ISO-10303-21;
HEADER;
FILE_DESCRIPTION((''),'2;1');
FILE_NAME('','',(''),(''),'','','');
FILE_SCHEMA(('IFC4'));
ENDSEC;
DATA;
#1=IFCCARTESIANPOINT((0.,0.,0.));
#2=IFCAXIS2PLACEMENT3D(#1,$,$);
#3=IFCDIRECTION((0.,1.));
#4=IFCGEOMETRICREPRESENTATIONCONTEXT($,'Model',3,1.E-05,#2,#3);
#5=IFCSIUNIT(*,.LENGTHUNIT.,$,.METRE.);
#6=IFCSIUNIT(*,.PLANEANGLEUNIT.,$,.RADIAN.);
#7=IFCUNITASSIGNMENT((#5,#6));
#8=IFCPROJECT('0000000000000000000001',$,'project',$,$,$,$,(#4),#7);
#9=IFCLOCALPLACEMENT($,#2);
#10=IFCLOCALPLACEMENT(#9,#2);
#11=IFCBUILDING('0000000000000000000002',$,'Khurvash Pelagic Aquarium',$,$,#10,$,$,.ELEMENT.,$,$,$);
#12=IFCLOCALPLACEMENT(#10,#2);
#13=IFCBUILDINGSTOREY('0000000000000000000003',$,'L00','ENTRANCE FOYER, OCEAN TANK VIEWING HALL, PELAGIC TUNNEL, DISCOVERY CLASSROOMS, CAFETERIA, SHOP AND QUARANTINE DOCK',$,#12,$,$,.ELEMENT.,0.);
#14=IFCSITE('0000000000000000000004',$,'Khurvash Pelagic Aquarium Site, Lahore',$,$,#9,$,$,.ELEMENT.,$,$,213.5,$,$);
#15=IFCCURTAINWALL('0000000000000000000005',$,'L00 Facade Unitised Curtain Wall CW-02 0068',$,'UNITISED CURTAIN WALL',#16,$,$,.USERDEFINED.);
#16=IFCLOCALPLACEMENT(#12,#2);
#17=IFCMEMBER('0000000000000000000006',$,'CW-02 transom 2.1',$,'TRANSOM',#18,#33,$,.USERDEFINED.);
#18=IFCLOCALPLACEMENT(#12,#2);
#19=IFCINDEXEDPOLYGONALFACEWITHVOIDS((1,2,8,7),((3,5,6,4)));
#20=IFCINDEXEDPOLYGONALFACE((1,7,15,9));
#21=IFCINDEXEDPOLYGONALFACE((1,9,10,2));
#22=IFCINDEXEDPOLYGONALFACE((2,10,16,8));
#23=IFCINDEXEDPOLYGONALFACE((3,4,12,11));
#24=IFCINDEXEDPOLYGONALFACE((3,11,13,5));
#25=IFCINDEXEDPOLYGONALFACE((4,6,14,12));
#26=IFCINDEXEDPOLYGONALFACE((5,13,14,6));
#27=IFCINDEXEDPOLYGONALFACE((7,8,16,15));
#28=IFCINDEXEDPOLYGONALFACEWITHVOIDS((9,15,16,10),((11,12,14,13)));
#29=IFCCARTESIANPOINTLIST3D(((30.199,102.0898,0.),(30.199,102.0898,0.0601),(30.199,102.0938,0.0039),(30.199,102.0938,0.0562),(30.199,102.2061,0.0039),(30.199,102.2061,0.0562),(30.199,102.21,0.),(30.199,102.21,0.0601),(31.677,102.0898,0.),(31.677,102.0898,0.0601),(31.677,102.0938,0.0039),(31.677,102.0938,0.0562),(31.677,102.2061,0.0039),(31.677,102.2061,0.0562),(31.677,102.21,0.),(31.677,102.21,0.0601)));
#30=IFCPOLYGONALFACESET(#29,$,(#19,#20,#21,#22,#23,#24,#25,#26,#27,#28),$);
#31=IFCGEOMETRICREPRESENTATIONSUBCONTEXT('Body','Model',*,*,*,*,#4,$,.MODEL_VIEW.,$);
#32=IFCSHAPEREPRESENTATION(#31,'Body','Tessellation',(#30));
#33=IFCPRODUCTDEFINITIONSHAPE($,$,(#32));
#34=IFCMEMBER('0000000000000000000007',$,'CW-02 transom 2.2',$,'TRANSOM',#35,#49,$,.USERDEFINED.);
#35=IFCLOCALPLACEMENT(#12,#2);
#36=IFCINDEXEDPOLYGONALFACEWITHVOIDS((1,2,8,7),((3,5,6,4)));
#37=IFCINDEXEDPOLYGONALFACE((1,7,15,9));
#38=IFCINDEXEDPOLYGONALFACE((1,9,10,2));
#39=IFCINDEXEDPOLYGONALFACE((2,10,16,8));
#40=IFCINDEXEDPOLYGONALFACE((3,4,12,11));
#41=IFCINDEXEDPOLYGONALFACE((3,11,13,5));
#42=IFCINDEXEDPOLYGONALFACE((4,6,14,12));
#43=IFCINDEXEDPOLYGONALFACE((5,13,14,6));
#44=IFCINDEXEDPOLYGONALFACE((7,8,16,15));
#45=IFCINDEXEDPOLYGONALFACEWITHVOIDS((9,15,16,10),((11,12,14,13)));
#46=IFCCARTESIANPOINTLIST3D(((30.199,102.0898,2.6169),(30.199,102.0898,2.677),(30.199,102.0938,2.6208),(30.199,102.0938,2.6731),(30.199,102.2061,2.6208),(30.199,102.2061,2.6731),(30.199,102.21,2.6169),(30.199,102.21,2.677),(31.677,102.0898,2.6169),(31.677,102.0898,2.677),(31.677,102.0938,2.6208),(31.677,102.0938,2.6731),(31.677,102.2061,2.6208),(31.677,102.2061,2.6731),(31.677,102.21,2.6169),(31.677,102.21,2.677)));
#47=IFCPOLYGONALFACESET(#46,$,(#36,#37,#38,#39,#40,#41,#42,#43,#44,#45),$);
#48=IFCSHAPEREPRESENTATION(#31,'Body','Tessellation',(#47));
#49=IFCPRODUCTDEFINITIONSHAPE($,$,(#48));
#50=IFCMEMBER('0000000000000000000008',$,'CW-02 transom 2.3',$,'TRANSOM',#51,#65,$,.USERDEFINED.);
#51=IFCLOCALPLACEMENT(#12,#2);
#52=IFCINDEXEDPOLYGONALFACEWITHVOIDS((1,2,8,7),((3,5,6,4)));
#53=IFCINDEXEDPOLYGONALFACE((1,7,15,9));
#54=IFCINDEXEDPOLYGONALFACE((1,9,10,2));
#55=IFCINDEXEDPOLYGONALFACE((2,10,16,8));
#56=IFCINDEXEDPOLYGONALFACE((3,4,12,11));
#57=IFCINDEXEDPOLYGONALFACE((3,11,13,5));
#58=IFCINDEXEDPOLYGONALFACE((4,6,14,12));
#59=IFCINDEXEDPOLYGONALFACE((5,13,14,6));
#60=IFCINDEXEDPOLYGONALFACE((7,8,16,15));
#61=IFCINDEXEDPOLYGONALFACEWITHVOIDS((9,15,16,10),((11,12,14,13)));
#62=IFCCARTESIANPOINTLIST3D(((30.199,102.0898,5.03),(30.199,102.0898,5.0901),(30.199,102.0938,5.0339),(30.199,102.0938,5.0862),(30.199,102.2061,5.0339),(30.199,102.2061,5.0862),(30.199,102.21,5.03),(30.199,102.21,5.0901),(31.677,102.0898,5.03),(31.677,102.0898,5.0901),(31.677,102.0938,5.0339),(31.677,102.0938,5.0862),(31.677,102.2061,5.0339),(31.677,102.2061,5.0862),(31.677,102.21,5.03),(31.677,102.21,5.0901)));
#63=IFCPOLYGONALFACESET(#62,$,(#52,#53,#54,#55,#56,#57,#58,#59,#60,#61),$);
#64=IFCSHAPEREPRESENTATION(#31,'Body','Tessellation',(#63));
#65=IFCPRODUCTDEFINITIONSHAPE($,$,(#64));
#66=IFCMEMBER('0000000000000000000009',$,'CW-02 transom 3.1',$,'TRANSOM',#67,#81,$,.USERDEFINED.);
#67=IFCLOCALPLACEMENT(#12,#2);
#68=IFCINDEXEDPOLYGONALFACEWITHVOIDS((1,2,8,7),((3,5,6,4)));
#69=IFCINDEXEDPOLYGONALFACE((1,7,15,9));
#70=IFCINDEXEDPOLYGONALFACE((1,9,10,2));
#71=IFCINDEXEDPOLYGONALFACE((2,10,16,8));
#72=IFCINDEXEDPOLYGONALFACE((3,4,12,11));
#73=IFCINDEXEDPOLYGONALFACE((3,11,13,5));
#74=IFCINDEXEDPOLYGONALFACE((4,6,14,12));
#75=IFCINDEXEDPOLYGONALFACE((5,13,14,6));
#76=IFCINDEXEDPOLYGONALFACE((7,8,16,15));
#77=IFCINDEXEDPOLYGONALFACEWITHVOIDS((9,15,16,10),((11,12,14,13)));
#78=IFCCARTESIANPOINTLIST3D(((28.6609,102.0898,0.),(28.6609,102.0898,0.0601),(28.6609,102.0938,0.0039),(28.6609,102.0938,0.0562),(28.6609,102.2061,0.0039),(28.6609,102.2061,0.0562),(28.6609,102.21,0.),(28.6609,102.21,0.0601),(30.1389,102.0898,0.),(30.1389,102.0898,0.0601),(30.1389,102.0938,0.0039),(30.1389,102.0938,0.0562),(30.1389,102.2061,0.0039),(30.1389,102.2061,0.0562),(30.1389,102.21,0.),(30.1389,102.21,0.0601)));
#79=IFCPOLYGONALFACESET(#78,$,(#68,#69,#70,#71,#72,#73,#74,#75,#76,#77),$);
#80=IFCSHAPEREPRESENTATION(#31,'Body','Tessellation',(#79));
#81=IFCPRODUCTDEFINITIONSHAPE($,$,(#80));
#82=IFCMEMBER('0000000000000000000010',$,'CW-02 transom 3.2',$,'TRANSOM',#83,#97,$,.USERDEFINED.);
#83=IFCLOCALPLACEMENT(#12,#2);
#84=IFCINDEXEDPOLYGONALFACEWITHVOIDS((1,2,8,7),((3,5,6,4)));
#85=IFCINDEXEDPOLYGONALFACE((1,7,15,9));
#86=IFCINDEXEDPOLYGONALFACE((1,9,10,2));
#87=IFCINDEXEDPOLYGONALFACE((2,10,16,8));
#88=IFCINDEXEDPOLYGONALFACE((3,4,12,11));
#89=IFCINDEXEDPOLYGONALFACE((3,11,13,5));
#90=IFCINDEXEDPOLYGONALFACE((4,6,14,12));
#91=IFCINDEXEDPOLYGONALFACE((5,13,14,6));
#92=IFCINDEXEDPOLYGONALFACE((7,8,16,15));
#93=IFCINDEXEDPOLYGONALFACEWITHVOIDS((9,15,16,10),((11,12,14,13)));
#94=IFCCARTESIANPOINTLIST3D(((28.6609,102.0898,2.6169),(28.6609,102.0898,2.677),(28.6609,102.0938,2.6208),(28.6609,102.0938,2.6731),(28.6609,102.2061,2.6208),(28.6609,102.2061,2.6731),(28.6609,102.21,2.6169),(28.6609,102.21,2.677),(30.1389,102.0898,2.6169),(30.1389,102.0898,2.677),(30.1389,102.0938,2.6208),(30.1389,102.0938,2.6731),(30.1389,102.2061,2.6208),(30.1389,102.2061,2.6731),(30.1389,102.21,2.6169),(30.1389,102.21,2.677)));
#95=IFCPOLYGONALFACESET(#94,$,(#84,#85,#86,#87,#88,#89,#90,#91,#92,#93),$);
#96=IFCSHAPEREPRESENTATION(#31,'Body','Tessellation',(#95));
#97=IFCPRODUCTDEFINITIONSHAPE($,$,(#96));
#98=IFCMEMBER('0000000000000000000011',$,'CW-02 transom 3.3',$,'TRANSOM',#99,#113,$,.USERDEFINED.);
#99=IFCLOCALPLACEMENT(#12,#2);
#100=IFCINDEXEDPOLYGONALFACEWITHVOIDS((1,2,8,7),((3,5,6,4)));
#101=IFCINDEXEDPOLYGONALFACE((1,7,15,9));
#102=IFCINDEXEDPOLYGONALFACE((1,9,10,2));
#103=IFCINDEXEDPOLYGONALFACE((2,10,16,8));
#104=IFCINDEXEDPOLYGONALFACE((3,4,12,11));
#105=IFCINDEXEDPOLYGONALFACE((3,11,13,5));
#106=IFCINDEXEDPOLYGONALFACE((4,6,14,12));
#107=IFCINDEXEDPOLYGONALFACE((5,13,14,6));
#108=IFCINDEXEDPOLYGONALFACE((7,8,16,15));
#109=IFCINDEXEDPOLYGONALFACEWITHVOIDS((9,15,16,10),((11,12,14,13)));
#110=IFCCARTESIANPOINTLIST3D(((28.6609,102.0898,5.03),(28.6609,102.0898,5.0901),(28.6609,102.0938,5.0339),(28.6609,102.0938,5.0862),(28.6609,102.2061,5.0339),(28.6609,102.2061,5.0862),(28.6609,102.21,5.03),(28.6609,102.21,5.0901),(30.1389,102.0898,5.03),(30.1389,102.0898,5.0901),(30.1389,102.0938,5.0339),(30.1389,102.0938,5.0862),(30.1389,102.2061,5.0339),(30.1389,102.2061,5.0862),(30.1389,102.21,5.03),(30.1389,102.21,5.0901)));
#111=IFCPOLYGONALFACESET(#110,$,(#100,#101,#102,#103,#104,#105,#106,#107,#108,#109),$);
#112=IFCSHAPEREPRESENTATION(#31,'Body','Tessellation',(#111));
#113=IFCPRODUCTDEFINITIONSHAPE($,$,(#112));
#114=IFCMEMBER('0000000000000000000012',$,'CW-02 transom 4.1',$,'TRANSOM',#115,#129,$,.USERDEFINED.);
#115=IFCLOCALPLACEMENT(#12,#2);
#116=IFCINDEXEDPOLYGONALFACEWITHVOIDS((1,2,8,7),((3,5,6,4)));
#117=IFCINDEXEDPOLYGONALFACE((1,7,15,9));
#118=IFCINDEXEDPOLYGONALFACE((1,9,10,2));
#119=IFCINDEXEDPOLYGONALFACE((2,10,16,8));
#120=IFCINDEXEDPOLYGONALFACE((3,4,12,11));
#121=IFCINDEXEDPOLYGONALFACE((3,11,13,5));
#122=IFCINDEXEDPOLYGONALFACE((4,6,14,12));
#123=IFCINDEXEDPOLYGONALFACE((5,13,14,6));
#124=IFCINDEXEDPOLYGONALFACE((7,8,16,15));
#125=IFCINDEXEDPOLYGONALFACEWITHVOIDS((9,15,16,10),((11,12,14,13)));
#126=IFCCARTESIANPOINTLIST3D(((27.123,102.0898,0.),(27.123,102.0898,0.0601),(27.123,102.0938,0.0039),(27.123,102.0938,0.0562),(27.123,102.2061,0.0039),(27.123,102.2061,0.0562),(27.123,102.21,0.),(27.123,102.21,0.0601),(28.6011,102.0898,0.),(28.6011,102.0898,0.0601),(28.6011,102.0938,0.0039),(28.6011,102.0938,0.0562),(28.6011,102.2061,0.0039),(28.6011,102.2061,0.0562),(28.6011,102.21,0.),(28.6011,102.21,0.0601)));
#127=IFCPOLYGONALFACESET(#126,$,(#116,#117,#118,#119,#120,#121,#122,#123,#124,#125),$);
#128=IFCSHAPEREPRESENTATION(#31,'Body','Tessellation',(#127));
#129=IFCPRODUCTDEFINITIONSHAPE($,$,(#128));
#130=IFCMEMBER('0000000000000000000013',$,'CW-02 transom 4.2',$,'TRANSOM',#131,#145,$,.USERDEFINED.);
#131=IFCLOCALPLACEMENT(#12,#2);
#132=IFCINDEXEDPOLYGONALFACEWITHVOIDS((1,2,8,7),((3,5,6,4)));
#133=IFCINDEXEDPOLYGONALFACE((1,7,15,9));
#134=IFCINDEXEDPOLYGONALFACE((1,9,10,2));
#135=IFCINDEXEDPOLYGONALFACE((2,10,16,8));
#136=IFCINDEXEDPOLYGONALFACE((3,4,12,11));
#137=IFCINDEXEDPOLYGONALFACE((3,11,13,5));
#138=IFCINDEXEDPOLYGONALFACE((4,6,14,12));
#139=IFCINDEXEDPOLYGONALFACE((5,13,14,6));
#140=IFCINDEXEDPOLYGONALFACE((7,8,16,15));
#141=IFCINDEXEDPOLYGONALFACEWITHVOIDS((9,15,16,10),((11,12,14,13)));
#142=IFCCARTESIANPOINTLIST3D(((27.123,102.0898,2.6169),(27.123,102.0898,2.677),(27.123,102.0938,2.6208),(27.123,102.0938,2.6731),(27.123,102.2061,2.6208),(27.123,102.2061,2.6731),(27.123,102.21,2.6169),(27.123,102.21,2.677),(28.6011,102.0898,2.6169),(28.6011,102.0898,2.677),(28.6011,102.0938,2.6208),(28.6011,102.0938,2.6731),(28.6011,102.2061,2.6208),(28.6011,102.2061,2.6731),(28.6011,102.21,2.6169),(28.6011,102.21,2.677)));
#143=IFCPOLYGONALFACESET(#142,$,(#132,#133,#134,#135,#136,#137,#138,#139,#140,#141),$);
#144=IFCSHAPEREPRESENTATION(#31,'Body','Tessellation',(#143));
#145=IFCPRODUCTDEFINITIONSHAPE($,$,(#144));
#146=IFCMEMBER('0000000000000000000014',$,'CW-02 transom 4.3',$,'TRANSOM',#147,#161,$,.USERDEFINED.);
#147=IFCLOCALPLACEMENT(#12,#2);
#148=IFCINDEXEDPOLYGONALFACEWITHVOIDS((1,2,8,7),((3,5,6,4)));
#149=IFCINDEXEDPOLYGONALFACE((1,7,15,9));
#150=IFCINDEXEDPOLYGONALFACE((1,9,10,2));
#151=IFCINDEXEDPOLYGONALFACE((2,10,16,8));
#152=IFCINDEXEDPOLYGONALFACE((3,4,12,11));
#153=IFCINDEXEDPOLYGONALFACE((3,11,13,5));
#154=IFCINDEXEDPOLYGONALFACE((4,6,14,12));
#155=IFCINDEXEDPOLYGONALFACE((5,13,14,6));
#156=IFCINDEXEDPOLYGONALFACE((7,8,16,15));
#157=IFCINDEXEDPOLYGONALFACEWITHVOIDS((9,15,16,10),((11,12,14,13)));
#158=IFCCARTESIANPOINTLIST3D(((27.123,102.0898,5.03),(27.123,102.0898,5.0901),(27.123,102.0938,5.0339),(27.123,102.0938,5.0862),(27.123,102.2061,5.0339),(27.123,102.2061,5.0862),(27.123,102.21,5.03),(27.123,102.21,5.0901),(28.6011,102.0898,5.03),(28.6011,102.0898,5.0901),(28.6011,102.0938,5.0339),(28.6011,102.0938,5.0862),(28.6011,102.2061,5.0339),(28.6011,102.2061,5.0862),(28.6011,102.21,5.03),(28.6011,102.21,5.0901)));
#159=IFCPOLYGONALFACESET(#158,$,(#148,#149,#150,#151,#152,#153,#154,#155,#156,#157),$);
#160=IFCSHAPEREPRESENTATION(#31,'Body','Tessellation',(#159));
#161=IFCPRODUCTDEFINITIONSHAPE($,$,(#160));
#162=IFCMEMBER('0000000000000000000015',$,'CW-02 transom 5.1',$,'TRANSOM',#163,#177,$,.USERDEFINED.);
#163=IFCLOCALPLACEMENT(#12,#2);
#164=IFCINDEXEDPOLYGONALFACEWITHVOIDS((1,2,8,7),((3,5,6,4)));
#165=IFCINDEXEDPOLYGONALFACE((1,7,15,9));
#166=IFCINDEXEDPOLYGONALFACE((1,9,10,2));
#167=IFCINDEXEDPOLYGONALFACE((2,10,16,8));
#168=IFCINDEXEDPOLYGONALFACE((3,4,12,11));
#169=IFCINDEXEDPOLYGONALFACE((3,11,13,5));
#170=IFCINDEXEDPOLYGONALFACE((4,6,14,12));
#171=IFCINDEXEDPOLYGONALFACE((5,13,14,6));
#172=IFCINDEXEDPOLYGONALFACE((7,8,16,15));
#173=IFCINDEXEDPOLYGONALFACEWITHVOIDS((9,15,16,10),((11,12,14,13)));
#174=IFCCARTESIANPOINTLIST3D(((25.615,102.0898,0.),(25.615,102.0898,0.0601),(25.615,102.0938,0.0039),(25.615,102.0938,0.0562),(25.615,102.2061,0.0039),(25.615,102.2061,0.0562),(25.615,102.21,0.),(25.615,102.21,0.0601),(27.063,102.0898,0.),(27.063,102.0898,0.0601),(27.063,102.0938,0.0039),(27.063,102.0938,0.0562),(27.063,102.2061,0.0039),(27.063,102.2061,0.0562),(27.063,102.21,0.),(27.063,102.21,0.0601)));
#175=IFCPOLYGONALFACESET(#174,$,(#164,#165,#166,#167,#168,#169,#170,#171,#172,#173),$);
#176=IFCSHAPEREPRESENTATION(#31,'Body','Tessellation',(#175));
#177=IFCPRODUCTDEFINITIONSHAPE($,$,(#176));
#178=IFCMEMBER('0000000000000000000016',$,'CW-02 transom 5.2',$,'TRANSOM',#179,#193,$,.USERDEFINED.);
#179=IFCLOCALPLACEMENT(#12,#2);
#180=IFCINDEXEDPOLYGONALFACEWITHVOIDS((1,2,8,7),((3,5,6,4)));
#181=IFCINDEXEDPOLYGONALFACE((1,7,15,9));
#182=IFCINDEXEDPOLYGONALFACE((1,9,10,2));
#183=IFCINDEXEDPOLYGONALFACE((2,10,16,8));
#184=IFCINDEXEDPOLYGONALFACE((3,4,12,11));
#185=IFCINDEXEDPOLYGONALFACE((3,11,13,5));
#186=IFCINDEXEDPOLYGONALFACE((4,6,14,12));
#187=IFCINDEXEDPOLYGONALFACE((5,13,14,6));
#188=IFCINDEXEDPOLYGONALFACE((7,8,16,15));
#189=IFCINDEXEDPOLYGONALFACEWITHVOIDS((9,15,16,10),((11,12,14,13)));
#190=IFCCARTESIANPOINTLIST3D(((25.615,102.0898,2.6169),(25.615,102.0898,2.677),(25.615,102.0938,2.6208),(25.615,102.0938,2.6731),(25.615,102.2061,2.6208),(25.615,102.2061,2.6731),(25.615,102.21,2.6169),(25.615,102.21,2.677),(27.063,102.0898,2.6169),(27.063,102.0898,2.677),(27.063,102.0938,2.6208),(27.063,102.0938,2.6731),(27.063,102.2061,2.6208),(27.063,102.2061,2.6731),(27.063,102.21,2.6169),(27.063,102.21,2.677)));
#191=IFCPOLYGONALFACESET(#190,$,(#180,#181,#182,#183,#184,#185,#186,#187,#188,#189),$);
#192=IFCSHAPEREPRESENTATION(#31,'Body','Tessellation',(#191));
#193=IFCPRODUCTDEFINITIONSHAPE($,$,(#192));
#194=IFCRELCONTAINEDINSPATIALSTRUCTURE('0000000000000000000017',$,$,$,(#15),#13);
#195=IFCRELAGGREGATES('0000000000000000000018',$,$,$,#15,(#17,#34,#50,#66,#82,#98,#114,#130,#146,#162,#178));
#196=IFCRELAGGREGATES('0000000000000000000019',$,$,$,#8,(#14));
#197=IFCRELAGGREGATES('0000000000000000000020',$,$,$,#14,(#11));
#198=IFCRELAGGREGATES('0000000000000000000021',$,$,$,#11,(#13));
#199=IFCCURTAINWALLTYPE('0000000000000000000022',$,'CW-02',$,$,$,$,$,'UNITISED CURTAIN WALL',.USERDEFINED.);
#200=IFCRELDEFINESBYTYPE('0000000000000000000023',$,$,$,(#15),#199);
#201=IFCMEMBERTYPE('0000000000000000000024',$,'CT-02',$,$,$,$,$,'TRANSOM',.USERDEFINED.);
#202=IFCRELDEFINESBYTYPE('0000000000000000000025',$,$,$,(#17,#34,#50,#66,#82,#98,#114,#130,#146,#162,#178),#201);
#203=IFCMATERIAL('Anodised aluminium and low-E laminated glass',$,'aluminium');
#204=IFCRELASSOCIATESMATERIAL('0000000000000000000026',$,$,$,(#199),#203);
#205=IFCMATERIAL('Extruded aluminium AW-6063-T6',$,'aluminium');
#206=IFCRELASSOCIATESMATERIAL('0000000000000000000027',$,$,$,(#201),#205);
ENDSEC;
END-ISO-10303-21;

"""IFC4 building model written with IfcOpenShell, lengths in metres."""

from ifc_helpers import new_model, si_unit, direction, frame, origin, origin_2d, place, context, subcontext, project, spatial, hollow_rectangle, extrude, material, material_profile, profile_set, type_object, element, aggregate, save


model = new_model("IFC4")

# Units and contexts
model_context = context("Model", 3, precision=1e-05, world=origin(), true_north=direction((0.0, 1.0)))
body_context = subcontext(model_context, "Body", "Model", "MODEL_VIEW")
ifc_project = project(units=[si_unit("LENGTHUNIT", "METRE"), si_unit("PLANEANGLEUNIT", "RADIAN")], contexts=[model_context])

# Site, building, storey
site_placement = place(None, origin())
site = spatial("IfcSite", under=ifc_project, at=site_placement, Name="Khurvash Pelagic Aquarium Site, Lahore", CompositionType="ELEMENT", RefElevation=213.5)
building_placement = place(site_placement, origin())
building = spatial("IfcBuilding", under=site, at=building_placement, Name="Khurvash Pelagic Aquarium", CompositionType="ELEMENT")
storey_placement = place(building_placement, origin())
storey = spatial("IfcBuildingStorey", under=building, at=storey_placement, Name="L00", Description="ENTRANCE FOYER, OCEAN TANK VIEWING HALL, PELAGIC TUNNEL, DISCOVERY CLASSROOMS, CAFETERIA, SHOP AND QUARANTINE DOCK", CompositionType="ELEMENT", Elevation=0.0)

# Curtain wall
ifc_material_1 = material(Name="Anodised aluminium and low-E laminated glass", Category="aluminium")
curtain_wall_type = type_object("IfcCurtainWallType", Name="CW-02", ElementType="UNITISED CURTAIN WALL", PredefinedType="USERDEFINED", material=ifc_material_1)
curtain_wall_1_placement = place(storey_placement, origin())
curtain_wall_1 = element("IfcCurtainWall", 1, at=curtain_wall_1_placement, inside=storey, type_object=curtain_wall_type, Name="L00 Facade Unitised Curtain Wall CW-02 0068", ObjectType="UNITISED CURTAIN WALL", PredefinedType="USERDEFINED")
ifc_material_2 = material(Name="Extruded aluminium AW-6063-T6", Category="aluminium")

# Members
ifc_material_profile_1 = material_profile(ifc_material_2, hollow_rectangle(XDim=0.1201, YDim=0.0601, WallThickness=0.0039, at=origin_2d()), Name="CWT120X60X4")
ifc_profile_set_1 = profile_set([ifc_material_profile_1], Name="Extruded aluminium AW-6063-T6")
member_type_1 = type_object("IfcMemberType", Name="CT-02", ElementType="TRANSOM", PredefinedType="USERDEFINED", material=ifc_profile_set_1)
member_1_placement = place(storey_placement, frame((31.677, 102.1499, 0.03), z_axis=(-1.0, 0.0, 0.0), x_axis=(0.0, -1.0, 0.0)))
member_1 = element("IfcMember", 2, at=member_1_placement, type_object=member_type_1, Name="CW-02 transom 2.1", ObjectType="TRANSOM", PredefinedType="USERDEFINED", context=body_context, shape_type="SweptSolid", body=[
    extrude(hollow_rectangle(XDim=0.1201, YDim=0.0601, WallThickness=0.0039, at=origin_2d()), origin(), (0.0, 0.0, 1.0), 1.478),
])
member_2_placement = place(storey_placement, frame((31.677, 102.1499, 2.647), z_axis=(-1.0, 0.0, 0.0), x_axis=(0.0, -1.0, 0.0)))
member_2 = element("IfcMember", 3, at=member_2_placement, type_object=member_type_1, Name="CW-02 transom 2.2", ObjectType="TRANSOM", PredefinedType="USERDEFINED", context=body_context, shape_type="SweptSolid", body=[
    extrude(hollow_rectangle(XDim=0.1201, YDim=0.0601, WallThickness=0.0039, at=origin_2d()), origin(), (0.0, 0.0, 1.0), 1.478),
])
member_3_placement = place(storey_placement, frame((31.677, 102.1499, 5.0601), z_axis=(-1.0, 0.0, 0.0), x_axis=(0.0, -1.0, 0.0)))
member_3 = element("IfcMember", 4, at=member_3_placement, type_object=member_type_1, Name="CW-02 transom 2.3", ObjectType="TRANSOM", PredefinedType="USERDEFINED", context=body_context, shape_type="SweptSolid", body=[
    extrude(hollow_rectangle(XDim=0.1201, YDim=0.0601, WallThickness=0.0039, at=origin_2d()), origin(), (0.0, 0.0, 1.0), 1.478),
])
member_4_placement = place(storey_placement, frame((30.1389, 102.1499, 0.03), z_axis=(-1.0, 0.0, 0.0), x_axis=(0.0, -1.0, 0.0)))
member_4 = element("IfcMember", 5, at=member_4_placement, type_object=member_type_1, Name="CW-02 transom 3.1", ObjectType="TRANSOM", PredefinedType="USERDEFINED", context=body_context, shape_type="SweptSolid", body=[
    extrude(hollow_rectangle(XDim=0.1201, YDim=0.0601, WallThickness=0.0039, at=origin_2d()), origin(), (0.0, 0.0, 1.0), 1.478),
])
member_5_placement = place(storey_placement, frame((30.1389, 102.1499, 2.647), z_axis=(-1.0, 0.0, 0.0), x_axis=(0.0, -1.0, 0.0)))
member_5 = element("IfcMember", 6, at=member_5_placement, type_object=member_type_1, Name="CW-02 transom 3.2", ObjectType="TRANSOM", PredefinedType="USERDEFINED", context=body_context, shape_type="SweptSolid", body=[
    extrude(hollow_rectangle(XDim=0.1201, YDim=0.0601, WallThickness=0.0039, at=origin_2d()), origin(), (0.0, 0.0, 1.0), 1.478),
])
member_6_placement = place(storey_placement, frame((30.1389, 102.1499, 5.0601), z_axis=(-1.0, 0.0, 0.0), x_axis=(0.0, -1.0, 0.0)))
member_6 = element("IfcMember", 7, at=member_6_placement, type_object=member_type_1, Name="CW-02 transom 3.3", ObjectType="TRANSOM", PredefinedType="USERDEFINED", context=body_context, shape_type="SweptSolid", body=[
    extrude(hollow_rectangle(XDim=0.1201, YDim=0.0601, WallThickness=0.0039, at=origin_2d()), origin(), (0.0, 0.0, 1.0), 1.478),
])
member_7_placement = place(storey_placement, frame((28.6011, 102.1499, 0.03), z_axis=(-1.0, 0.0, 0.0), x_axis=(0.0, -1.0, 0.0)))
member_7 = element("IfcMember", 8, at=member_7_placement, type_object=member_type_1, Name="CW-02 transom 4.1", ObjectType="TRANSOM", PredefinedType="USERDEFINED", context=body_context, shape_type="SweptSolid", body=[
    extrude(hollow_rectangle(XDim=0.1201, YDim=0.0601, WallThickness=0.0039, at=origin_2d()), origin(), (0.0, 0.0, 1.0), 1.478),
])
member_8_placement = place(storey_placement, frame((28.6011, 102.1499, 2.647), z_axis=(-1.0, 0.0, 0.0), x_axis=(0.0, -1.0, 0.0)))
member_8 = element("IfcMember", 9, at=member_8_placement, type_object=member_type_1, Name="CW-02 transom 4.2", ObjectType="TRANSOM", PredefinedType="USERDEFINED", context=body_context, shape_type="SweptSolid", body=[
    extrude(hollow_rectangle(XDim=0.1201, YDim=0.0601, WallThickness=0.0039, at=origin_2d()), origin(), (0.0, 0.0, 1.0), 1.478),
])
member_9_placement = place(storey_placement, frame((28.6011, 102.1499, 5.0601), z_axis=(-1.0, 0.0, 0.0), x_axis=(0.0, -1.0, 0.0)))
member_9 = element("IfcMember", 10, at=member_9_placement, type_object=member_type_1, Name="CW-02 transom 4.3", ObjectType="TRANSOM", PredefinedType="USERDEFINED", context=body_context, shape_type="SweptSolid", body=[
    extrude(hollow_rectangle(XDim=0.1201, YDim=0.0601, WallThickness=0.0039, at=origin_2d()), origin(), (0.0, 0.0, 1.0), 1.478),
])
member_10_placement = place(storey_placement, frame((27.063, 102.1499, 0.03), z_axis=(-1.0, 0.0, 0.0), x_axis=(0.0, -1.0, 0.0)))
member_10 = element("IfcMember", 11, at=member_10_placement, type_object=member_type_1, Name="CW-02 transom 5.1", ObjectType="TRANSOM", PredefinedType="USERDEFINED", context=body_context, shape_type="SweptSolid", body=[
    extrude(hollow_rectangle(XDim=0.1201, YDim=0.0601, WallThickness=0.0039, at=origin_2d()), origin(), (0.0, 0.0, 1.0), 1.448),
])
member_11_placement = place(storey_placement, frame((27.063, 102.1499, 2.647), z_axis=(-1.0, 0.0, 0.0), x_axis=(0.0, -1.0, 0.0)))
member_11 = element("IfcMember", 12, at=member_11_placement, type_object=member_type_1, Name="CW-02 transom 5.2", ObjectType="TRANSOM", PredefinedType="USERDEFINED", context=body_context, shape_type="SweptSolid", body=[
    extrude(hollow_rectangle(XDim=0.1201, YDim=0.0601, WallThickness=0.0039, at=origin_2d()), origin(), (0.0, 0.0, 1.0), 1.448),
])

aggregate(curtain_wall_1, [member_1, member_2, member_3, member_4, member_5, member_6, member_7, member_8, member_9, member_10, member_11])

save(model, "model.ifc")
